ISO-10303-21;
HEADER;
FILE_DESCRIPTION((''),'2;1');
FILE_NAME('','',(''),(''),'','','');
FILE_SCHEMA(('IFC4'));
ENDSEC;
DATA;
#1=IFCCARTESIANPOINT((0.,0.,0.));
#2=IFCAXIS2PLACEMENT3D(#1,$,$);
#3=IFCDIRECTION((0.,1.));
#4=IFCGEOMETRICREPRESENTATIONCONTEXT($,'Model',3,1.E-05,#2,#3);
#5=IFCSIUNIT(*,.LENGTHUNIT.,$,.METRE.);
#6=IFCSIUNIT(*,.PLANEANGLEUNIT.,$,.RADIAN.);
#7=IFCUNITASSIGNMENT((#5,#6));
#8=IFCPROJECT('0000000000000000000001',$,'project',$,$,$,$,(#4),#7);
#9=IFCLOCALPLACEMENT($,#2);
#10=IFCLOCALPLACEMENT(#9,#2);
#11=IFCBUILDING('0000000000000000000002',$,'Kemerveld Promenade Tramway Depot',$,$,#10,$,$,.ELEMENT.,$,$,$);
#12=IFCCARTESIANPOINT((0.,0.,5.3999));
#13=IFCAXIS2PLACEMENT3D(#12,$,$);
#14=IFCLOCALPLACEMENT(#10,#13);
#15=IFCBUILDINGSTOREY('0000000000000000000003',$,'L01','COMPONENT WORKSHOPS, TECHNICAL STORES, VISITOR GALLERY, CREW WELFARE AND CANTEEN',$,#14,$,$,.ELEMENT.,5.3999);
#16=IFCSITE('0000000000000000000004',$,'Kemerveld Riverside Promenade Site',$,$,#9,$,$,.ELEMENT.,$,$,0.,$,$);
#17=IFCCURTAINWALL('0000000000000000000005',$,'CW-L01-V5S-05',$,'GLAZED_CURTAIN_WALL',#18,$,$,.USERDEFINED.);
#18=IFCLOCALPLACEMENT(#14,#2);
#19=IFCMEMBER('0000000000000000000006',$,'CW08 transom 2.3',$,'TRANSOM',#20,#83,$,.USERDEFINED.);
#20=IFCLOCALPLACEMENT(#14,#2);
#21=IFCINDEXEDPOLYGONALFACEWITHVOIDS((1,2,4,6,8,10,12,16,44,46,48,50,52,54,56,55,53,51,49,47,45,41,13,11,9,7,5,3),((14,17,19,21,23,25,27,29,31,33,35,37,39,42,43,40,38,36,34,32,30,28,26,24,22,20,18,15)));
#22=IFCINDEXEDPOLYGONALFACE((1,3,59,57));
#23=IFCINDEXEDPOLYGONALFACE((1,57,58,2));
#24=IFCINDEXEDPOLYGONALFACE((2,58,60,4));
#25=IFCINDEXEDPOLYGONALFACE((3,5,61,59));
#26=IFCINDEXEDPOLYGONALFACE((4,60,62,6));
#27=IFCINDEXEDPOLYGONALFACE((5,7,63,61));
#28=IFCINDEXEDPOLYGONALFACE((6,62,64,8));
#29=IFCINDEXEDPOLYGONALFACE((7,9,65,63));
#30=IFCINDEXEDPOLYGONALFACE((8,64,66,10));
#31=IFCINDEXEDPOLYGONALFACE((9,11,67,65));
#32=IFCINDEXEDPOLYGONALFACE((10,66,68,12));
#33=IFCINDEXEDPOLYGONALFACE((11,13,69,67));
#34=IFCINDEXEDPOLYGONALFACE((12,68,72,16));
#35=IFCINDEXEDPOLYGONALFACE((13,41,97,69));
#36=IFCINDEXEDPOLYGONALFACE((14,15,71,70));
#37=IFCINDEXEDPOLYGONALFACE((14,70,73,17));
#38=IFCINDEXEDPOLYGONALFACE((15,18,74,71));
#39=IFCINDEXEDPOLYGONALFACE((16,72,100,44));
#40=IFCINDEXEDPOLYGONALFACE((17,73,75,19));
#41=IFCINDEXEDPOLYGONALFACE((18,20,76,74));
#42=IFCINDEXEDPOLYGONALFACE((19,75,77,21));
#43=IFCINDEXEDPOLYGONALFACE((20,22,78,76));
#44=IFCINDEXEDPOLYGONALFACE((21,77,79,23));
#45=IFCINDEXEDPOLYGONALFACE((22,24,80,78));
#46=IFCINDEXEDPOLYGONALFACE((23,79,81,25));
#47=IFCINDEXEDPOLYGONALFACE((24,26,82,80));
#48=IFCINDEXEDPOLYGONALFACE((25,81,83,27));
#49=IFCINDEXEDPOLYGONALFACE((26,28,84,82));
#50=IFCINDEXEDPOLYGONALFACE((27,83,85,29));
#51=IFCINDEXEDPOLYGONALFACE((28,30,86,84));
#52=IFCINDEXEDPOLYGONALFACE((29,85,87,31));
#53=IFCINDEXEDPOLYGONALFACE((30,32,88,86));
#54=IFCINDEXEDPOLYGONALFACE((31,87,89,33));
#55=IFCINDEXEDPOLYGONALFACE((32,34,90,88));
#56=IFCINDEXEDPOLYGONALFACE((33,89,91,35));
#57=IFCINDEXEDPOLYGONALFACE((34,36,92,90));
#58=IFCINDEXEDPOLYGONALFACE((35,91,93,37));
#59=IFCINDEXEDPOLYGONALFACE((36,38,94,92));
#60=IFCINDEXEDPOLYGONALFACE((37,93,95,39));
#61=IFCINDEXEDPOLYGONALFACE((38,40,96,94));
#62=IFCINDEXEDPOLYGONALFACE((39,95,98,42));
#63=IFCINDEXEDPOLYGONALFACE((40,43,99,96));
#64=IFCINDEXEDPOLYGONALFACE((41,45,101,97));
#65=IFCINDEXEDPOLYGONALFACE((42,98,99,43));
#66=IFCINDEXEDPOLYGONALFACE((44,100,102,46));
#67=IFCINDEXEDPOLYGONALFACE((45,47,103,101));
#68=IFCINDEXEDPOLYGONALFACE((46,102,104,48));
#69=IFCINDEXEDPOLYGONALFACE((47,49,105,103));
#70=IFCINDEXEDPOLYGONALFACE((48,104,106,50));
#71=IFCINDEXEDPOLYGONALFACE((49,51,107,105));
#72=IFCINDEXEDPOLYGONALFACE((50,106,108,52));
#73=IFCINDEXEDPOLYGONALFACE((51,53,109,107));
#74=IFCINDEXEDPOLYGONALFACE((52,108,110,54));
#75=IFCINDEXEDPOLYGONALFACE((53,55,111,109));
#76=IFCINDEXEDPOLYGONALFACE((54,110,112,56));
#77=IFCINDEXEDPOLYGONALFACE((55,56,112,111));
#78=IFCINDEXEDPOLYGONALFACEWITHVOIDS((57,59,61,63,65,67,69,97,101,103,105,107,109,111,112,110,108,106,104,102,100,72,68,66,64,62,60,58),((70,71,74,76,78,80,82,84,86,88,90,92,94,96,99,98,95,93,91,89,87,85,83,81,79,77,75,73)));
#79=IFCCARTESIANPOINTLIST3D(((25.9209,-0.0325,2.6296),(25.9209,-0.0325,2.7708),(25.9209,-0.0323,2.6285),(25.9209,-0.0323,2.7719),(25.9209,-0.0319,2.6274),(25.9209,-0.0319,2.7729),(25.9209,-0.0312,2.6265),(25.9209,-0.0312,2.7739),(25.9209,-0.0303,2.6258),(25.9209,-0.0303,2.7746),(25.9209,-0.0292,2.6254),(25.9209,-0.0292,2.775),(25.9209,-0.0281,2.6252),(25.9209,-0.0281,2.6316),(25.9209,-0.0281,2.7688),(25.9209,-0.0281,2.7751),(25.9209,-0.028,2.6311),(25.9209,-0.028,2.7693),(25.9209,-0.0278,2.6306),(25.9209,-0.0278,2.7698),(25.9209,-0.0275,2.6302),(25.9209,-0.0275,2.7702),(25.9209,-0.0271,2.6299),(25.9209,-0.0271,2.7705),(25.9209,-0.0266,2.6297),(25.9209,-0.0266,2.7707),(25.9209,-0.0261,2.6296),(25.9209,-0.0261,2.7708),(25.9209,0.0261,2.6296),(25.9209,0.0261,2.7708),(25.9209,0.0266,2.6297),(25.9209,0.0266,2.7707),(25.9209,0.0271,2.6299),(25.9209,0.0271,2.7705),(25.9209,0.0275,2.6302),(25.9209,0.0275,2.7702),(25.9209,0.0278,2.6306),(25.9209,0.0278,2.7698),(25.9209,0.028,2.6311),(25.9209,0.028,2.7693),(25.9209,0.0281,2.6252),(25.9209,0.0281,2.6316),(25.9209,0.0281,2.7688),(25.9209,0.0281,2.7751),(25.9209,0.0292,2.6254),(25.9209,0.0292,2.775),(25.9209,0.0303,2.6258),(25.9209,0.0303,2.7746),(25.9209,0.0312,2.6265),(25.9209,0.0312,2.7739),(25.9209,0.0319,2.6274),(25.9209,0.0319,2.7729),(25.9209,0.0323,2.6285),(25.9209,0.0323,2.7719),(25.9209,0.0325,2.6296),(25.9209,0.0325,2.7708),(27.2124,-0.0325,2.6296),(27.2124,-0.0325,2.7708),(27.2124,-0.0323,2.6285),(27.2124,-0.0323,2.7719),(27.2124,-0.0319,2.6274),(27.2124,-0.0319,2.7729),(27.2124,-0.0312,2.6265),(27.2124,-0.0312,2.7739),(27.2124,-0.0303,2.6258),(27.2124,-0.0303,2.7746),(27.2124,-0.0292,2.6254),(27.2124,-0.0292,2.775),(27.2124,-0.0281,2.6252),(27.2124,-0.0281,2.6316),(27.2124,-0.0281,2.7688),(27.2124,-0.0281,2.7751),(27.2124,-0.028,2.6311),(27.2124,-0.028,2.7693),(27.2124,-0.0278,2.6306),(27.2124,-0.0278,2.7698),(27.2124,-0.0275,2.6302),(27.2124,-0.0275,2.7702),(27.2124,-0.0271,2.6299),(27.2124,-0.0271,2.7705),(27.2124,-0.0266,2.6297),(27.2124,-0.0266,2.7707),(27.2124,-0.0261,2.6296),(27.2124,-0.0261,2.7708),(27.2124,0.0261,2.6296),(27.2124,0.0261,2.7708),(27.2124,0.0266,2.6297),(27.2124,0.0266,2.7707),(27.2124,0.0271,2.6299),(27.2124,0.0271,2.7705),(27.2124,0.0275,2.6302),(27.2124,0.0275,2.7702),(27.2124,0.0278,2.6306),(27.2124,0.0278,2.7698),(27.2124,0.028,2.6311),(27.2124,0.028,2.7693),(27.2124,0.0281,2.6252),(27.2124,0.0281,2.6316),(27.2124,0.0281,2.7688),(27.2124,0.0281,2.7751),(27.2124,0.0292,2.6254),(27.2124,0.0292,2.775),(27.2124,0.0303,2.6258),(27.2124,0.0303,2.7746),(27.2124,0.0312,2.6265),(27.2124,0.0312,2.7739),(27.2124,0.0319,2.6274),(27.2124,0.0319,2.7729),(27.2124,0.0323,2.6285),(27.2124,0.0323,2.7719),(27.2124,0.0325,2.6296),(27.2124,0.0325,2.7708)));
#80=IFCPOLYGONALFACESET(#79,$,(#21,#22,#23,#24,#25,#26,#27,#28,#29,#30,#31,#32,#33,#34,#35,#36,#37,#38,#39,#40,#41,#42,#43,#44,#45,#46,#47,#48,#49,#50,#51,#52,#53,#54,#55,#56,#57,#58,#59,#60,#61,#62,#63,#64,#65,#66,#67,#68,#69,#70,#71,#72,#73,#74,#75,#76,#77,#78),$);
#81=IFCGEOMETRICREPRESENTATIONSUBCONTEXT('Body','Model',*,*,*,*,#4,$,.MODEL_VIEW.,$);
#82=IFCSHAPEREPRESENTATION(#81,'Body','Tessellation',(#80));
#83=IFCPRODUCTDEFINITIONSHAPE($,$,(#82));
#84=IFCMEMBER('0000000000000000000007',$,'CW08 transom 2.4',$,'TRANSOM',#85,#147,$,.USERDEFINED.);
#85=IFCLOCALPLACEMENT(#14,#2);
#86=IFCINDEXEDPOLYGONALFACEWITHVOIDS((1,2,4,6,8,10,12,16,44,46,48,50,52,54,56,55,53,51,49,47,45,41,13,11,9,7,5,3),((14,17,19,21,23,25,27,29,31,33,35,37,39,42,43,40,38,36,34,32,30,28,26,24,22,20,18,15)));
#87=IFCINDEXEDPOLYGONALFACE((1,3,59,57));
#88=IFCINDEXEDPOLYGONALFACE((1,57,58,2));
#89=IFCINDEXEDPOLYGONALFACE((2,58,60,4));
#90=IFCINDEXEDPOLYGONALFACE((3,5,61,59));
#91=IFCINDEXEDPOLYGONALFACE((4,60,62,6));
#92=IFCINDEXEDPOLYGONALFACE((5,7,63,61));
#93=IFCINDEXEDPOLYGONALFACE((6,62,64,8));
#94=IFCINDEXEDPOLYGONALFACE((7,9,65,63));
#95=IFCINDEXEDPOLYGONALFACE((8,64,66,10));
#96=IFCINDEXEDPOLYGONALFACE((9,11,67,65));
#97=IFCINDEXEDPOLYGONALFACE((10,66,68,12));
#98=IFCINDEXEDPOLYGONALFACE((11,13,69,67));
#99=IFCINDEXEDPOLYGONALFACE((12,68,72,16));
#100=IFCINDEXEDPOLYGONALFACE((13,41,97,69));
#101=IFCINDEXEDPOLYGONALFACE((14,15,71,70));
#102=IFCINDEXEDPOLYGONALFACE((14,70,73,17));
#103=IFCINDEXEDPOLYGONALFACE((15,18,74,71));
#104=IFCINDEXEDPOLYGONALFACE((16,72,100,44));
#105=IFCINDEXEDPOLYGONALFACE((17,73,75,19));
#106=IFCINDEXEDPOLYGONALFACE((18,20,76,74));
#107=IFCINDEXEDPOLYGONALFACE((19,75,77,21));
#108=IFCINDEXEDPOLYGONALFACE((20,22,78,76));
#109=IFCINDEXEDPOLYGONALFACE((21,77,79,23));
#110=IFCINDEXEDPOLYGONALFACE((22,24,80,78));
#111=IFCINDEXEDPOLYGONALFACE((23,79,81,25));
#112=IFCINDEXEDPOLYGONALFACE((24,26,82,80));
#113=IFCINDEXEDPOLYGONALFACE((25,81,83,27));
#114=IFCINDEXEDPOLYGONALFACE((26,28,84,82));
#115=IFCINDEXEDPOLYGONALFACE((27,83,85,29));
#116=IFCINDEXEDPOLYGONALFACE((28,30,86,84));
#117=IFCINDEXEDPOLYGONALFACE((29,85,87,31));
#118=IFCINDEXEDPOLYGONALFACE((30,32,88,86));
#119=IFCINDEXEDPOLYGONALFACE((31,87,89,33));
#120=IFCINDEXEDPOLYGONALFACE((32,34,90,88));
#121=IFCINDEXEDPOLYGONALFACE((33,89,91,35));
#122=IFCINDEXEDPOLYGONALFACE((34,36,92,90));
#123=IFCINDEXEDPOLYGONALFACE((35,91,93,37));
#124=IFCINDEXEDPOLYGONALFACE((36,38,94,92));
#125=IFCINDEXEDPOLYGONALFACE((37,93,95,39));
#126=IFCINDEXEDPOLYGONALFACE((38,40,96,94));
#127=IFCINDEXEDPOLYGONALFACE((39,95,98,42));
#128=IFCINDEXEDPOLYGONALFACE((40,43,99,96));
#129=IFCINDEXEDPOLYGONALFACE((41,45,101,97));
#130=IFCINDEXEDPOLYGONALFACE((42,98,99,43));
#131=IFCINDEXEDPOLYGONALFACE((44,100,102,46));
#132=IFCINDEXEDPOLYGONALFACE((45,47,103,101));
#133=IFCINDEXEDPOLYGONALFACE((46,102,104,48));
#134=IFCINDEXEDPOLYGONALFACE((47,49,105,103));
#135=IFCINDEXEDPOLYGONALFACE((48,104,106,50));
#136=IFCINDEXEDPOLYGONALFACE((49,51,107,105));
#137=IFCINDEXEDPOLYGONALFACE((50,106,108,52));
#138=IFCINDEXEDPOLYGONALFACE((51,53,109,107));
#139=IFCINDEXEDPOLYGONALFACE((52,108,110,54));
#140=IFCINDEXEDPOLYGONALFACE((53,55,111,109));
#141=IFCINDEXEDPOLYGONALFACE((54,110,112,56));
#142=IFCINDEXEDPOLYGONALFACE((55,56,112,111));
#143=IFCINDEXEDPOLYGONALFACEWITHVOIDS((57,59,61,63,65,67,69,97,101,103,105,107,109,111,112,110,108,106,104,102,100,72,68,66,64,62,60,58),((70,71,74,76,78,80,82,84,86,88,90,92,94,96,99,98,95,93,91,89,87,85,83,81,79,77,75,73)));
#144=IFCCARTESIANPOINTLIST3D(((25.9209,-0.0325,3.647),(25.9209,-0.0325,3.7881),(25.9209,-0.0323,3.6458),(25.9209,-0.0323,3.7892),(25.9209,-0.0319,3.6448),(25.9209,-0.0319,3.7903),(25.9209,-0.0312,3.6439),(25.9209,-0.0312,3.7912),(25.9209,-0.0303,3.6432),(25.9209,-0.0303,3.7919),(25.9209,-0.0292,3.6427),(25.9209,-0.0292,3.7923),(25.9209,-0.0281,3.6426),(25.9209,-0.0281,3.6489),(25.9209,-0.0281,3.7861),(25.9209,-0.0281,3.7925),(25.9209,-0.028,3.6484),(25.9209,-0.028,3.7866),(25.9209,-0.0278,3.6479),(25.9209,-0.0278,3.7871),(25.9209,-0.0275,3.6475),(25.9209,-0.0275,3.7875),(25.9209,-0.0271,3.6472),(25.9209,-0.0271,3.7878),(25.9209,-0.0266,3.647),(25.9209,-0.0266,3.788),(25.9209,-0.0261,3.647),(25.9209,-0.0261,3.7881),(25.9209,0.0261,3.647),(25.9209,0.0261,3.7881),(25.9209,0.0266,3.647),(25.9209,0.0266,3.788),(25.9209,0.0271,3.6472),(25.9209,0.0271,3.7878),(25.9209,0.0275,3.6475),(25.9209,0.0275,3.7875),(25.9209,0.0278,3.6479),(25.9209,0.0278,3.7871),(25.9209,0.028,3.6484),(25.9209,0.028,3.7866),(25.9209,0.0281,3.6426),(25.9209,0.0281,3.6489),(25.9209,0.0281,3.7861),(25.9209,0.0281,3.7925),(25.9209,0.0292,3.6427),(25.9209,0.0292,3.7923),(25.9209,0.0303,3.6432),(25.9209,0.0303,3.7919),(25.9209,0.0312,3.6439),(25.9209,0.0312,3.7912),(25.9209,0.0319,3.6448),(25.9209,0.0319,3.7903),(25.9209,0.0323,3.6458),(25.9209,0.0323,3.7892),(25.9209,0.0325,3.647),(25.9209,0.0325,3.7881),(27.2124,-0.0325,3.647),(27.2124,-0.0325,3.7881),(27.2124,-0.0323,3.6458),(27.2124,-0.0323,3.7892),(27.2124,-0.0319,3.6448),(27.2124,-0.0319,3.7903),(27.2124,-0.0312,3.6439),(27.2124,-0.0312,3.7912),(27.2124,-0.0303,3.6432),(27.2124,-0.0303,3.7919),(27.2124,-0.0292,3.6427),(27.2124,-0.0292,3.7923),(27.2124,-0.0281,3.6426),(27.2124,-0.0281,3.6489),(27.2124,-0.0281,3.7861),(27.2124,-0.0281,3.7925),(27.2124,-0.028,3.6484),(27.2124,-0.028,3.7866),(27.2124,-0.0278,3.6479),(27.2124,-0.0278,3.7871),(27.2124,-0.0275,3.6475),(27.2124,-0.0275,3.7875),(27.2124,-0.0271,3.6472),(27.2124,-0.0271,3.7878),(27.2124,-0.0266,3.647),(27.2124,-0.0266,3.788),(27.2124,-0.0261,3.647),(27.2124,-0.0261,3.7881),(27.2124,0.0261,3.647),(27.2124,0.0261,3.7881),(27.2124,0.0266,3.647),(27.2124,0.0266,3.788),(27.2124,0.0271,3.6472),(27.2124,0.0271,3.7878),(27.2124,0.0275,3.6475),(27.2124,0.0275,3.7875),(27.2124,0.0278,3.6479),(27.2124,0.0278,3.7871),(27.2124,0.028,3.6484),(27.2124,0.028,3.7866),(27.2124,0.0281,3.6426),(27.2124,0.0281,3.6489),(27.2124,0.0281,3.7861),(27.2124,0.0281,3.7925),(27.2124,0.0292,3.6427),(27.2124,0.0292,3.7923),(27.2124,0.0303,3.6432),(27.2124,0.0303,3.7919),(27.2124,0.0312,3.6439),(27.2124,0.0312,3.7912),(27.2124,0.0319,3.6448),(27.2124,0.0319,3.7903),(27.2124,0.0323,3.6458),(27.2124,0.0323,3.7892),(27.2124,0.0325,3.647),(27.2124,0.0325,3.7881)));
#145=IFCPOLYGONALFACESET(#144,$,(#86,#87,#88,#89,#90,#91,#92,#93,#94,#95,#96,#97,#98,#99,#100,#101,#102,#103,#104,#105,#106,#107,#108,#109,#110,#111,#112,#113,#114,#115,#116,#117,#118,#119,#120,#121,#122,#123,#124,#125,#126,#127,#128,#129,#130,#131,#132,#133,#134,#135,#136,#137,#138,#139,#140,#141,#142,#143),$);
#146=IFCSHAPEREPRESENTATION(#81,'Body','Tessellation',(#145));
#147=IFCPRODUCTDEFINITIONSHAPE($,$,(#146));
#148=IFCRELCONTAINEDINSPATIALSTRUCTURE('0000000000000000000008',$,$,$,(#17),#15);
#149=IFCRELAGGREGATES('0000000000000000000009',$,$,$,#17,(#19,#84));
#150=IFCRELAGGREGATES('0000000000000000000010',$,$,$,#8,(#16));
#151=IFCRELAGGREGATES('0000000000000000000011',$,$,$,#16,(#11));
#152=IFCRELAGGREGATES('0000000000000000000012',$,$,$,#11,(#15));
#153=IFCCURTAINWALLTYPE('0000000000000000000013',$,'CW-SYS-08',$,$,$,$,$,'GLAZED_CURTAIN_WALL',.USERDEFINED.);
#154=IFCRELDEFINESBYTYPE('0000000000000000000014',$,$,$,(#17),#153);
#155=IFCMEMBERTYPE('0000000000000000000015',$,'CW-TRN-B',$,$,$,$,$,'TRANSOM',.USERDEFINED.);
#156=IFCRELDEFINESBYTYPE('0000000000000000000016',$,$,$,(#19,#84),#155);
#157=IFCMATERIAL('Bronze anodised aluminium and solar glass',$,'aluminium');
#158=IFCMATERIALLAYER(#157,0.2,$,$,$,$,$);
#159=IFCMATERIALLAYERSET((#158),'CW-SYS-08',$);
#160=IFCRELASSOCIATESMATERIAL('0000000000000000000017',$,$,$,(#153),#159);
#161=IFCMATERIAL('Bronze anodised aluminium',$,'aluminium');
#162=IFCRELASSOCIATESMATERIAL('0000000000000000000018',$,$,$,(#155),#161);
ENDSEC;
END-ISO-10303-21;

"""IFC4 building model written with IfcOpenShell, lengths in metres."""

from ifc_helpers import new_model, si_unit, direction, frame, origin, origin_2d, place, context, subcontext, project, spatial, hollow_rectangle, extrude, material, layer, layer_set, material_profile, profile_set, type_object, element, aggregate, save


model = new_model("IFC4")

# Units and contexts
model_context = context("Model", 3, precision=1e-05, world=origin(), true_north=direction((0.0, 1.0)))
body_context = subcontext(model_context, "Body", "Model", "MODEL_VIEW")
ifc_project = project(units=[si_unit("LENGTHUNIT", "METRE"), si_unit("PLANEANGLEUNIT", "RADIAN")], contexts=[model_context])

# Site, building, storey
site_placement = place(None, origin())
site = spatial("IfcSite", under=ifc_project, at=site_placement, Name="Kemerveld Riverside Promenade Site", CompositionType="ELEMENT", RefElevation=0.0)
building_placement = place(site_placement, origin())
building = spatial("IfcBuilding", under=site, at=building_placement, Name="Kemerveld Promenade Tramway Depot", CompositionType="ELEMENT")
storey_placement = place(building_placement, frame((0.0, 0.0, 5.3999)))
storey = spatial("IfcBuildingStorey", under=building, at=storey_placement, Name="L01", Description="COMPONENT WORKSHOPS, TECHNICAL STORES, VISITOR GALLERY, CREW WELFARE AND CANTEEN", CompositionType="ELEMENT", Elevation=5.3999)

# Curtain wall, members
ifc_material_1 = material(Name="Bronze anodised aluminium and solar glass", Category="aluminium")
ifc_layer_1 = layer(ifc_material_1, 0.2)
ifc_layer_set_1 = layer_set([ifc_layer_1], Name="CW-SYS-08")
curtain_wall_type = type_object("IfcCurtainWallType", Name="CW-SYS-08", ElementType="GLAZED_CURTAIN_WALL", PredefinedType="USERDEFINED", material=ifc_layer_set_1)
curtain_wall_placement = place(storey_placement, origin())
curtain_wall = element("IfcCurtainWall", 1, at=curtain_wall_placement, inside=storey, type_object=curtain_wall_type, Name="CW-L01-V5S-05", ObjectType="GLAZED_CURTAIN_WALL", PredefinedType="USERDEFINED")
ifc_material_2 = material(Name="Bronze anodised aluminium", Category="aluminium")
ifc_material_profile_1 = material_profile(ifc_material_2, hollow_rectangle(XDim=0.0649, YDim=0.1499, WallThickness=0.0044, InnerFilletRadius=0.002, OuterFilletRadius=0.0044, at=origin_2d()), Name="CW-TRN-150x65")
ifc_profile_set_1 = profile_set([ifc_material_profile_1], Name="Bronze anodised aluminium")
member_type_1 = type_object("IfcMemberType", Name="CW-TRN-B", ElementType="TRANSOM", PredefinedType="USERDEFINED", material=ifc_profile_set_1)
member_1_placement = place(storey_placement, frame((27.2124, 0.0, 2.7002), z_axis=(-1.0, 0.0, 0.0), x_axis=(0.0, -1.0, 0.0)))
member_1 = element("IfcMember", 2, at=member_1_placement, type_object=member_type_1, Name="CW08 transom 2.3", ObjectType="TRANSOM", PredefinedType="USERDEFINED", context=body_context, shape_type="SweptSolid", body=[
    extrude(hollow_rectangle(XDim=0.0649, YDim=0.1499, WallThickness=0.0044, InnerFilletRadius=0.002, OuterFilletRadius=0.0044, at=origin_2d()), origin(), (0.0, 0.0, 1.0), 1.2915),
])
member_2_placement = place(storey_placement, frame((27.2124, 0.0, 3.7175), z_axis=(-1.0, 0.0, 0.0), x_axis=(0.0, -1.0, 0.0)))
member_2 = element("IfcMember", 3, at=member_2_placement, type_object=member_type_1, Name="CW08 transom 2.4", ObjectType="TRANSOM", PredefinedType="USERDEFINED", context=body_context, shape_type="SweptSolid", body=[
    extrude(hollow_rectangle(XDim=0.0649, YDim=0.1499, WallThickness=0.0044, InnerFilletRadius=0.002, OuterFilletRadius=0.0044, at=origin_2d()), origin(), (0.0, 0.0, 1.0), 1.2915),
])
aggregate(curtain_wall, [member_1, member_2])

save(model, "model.ifc")
